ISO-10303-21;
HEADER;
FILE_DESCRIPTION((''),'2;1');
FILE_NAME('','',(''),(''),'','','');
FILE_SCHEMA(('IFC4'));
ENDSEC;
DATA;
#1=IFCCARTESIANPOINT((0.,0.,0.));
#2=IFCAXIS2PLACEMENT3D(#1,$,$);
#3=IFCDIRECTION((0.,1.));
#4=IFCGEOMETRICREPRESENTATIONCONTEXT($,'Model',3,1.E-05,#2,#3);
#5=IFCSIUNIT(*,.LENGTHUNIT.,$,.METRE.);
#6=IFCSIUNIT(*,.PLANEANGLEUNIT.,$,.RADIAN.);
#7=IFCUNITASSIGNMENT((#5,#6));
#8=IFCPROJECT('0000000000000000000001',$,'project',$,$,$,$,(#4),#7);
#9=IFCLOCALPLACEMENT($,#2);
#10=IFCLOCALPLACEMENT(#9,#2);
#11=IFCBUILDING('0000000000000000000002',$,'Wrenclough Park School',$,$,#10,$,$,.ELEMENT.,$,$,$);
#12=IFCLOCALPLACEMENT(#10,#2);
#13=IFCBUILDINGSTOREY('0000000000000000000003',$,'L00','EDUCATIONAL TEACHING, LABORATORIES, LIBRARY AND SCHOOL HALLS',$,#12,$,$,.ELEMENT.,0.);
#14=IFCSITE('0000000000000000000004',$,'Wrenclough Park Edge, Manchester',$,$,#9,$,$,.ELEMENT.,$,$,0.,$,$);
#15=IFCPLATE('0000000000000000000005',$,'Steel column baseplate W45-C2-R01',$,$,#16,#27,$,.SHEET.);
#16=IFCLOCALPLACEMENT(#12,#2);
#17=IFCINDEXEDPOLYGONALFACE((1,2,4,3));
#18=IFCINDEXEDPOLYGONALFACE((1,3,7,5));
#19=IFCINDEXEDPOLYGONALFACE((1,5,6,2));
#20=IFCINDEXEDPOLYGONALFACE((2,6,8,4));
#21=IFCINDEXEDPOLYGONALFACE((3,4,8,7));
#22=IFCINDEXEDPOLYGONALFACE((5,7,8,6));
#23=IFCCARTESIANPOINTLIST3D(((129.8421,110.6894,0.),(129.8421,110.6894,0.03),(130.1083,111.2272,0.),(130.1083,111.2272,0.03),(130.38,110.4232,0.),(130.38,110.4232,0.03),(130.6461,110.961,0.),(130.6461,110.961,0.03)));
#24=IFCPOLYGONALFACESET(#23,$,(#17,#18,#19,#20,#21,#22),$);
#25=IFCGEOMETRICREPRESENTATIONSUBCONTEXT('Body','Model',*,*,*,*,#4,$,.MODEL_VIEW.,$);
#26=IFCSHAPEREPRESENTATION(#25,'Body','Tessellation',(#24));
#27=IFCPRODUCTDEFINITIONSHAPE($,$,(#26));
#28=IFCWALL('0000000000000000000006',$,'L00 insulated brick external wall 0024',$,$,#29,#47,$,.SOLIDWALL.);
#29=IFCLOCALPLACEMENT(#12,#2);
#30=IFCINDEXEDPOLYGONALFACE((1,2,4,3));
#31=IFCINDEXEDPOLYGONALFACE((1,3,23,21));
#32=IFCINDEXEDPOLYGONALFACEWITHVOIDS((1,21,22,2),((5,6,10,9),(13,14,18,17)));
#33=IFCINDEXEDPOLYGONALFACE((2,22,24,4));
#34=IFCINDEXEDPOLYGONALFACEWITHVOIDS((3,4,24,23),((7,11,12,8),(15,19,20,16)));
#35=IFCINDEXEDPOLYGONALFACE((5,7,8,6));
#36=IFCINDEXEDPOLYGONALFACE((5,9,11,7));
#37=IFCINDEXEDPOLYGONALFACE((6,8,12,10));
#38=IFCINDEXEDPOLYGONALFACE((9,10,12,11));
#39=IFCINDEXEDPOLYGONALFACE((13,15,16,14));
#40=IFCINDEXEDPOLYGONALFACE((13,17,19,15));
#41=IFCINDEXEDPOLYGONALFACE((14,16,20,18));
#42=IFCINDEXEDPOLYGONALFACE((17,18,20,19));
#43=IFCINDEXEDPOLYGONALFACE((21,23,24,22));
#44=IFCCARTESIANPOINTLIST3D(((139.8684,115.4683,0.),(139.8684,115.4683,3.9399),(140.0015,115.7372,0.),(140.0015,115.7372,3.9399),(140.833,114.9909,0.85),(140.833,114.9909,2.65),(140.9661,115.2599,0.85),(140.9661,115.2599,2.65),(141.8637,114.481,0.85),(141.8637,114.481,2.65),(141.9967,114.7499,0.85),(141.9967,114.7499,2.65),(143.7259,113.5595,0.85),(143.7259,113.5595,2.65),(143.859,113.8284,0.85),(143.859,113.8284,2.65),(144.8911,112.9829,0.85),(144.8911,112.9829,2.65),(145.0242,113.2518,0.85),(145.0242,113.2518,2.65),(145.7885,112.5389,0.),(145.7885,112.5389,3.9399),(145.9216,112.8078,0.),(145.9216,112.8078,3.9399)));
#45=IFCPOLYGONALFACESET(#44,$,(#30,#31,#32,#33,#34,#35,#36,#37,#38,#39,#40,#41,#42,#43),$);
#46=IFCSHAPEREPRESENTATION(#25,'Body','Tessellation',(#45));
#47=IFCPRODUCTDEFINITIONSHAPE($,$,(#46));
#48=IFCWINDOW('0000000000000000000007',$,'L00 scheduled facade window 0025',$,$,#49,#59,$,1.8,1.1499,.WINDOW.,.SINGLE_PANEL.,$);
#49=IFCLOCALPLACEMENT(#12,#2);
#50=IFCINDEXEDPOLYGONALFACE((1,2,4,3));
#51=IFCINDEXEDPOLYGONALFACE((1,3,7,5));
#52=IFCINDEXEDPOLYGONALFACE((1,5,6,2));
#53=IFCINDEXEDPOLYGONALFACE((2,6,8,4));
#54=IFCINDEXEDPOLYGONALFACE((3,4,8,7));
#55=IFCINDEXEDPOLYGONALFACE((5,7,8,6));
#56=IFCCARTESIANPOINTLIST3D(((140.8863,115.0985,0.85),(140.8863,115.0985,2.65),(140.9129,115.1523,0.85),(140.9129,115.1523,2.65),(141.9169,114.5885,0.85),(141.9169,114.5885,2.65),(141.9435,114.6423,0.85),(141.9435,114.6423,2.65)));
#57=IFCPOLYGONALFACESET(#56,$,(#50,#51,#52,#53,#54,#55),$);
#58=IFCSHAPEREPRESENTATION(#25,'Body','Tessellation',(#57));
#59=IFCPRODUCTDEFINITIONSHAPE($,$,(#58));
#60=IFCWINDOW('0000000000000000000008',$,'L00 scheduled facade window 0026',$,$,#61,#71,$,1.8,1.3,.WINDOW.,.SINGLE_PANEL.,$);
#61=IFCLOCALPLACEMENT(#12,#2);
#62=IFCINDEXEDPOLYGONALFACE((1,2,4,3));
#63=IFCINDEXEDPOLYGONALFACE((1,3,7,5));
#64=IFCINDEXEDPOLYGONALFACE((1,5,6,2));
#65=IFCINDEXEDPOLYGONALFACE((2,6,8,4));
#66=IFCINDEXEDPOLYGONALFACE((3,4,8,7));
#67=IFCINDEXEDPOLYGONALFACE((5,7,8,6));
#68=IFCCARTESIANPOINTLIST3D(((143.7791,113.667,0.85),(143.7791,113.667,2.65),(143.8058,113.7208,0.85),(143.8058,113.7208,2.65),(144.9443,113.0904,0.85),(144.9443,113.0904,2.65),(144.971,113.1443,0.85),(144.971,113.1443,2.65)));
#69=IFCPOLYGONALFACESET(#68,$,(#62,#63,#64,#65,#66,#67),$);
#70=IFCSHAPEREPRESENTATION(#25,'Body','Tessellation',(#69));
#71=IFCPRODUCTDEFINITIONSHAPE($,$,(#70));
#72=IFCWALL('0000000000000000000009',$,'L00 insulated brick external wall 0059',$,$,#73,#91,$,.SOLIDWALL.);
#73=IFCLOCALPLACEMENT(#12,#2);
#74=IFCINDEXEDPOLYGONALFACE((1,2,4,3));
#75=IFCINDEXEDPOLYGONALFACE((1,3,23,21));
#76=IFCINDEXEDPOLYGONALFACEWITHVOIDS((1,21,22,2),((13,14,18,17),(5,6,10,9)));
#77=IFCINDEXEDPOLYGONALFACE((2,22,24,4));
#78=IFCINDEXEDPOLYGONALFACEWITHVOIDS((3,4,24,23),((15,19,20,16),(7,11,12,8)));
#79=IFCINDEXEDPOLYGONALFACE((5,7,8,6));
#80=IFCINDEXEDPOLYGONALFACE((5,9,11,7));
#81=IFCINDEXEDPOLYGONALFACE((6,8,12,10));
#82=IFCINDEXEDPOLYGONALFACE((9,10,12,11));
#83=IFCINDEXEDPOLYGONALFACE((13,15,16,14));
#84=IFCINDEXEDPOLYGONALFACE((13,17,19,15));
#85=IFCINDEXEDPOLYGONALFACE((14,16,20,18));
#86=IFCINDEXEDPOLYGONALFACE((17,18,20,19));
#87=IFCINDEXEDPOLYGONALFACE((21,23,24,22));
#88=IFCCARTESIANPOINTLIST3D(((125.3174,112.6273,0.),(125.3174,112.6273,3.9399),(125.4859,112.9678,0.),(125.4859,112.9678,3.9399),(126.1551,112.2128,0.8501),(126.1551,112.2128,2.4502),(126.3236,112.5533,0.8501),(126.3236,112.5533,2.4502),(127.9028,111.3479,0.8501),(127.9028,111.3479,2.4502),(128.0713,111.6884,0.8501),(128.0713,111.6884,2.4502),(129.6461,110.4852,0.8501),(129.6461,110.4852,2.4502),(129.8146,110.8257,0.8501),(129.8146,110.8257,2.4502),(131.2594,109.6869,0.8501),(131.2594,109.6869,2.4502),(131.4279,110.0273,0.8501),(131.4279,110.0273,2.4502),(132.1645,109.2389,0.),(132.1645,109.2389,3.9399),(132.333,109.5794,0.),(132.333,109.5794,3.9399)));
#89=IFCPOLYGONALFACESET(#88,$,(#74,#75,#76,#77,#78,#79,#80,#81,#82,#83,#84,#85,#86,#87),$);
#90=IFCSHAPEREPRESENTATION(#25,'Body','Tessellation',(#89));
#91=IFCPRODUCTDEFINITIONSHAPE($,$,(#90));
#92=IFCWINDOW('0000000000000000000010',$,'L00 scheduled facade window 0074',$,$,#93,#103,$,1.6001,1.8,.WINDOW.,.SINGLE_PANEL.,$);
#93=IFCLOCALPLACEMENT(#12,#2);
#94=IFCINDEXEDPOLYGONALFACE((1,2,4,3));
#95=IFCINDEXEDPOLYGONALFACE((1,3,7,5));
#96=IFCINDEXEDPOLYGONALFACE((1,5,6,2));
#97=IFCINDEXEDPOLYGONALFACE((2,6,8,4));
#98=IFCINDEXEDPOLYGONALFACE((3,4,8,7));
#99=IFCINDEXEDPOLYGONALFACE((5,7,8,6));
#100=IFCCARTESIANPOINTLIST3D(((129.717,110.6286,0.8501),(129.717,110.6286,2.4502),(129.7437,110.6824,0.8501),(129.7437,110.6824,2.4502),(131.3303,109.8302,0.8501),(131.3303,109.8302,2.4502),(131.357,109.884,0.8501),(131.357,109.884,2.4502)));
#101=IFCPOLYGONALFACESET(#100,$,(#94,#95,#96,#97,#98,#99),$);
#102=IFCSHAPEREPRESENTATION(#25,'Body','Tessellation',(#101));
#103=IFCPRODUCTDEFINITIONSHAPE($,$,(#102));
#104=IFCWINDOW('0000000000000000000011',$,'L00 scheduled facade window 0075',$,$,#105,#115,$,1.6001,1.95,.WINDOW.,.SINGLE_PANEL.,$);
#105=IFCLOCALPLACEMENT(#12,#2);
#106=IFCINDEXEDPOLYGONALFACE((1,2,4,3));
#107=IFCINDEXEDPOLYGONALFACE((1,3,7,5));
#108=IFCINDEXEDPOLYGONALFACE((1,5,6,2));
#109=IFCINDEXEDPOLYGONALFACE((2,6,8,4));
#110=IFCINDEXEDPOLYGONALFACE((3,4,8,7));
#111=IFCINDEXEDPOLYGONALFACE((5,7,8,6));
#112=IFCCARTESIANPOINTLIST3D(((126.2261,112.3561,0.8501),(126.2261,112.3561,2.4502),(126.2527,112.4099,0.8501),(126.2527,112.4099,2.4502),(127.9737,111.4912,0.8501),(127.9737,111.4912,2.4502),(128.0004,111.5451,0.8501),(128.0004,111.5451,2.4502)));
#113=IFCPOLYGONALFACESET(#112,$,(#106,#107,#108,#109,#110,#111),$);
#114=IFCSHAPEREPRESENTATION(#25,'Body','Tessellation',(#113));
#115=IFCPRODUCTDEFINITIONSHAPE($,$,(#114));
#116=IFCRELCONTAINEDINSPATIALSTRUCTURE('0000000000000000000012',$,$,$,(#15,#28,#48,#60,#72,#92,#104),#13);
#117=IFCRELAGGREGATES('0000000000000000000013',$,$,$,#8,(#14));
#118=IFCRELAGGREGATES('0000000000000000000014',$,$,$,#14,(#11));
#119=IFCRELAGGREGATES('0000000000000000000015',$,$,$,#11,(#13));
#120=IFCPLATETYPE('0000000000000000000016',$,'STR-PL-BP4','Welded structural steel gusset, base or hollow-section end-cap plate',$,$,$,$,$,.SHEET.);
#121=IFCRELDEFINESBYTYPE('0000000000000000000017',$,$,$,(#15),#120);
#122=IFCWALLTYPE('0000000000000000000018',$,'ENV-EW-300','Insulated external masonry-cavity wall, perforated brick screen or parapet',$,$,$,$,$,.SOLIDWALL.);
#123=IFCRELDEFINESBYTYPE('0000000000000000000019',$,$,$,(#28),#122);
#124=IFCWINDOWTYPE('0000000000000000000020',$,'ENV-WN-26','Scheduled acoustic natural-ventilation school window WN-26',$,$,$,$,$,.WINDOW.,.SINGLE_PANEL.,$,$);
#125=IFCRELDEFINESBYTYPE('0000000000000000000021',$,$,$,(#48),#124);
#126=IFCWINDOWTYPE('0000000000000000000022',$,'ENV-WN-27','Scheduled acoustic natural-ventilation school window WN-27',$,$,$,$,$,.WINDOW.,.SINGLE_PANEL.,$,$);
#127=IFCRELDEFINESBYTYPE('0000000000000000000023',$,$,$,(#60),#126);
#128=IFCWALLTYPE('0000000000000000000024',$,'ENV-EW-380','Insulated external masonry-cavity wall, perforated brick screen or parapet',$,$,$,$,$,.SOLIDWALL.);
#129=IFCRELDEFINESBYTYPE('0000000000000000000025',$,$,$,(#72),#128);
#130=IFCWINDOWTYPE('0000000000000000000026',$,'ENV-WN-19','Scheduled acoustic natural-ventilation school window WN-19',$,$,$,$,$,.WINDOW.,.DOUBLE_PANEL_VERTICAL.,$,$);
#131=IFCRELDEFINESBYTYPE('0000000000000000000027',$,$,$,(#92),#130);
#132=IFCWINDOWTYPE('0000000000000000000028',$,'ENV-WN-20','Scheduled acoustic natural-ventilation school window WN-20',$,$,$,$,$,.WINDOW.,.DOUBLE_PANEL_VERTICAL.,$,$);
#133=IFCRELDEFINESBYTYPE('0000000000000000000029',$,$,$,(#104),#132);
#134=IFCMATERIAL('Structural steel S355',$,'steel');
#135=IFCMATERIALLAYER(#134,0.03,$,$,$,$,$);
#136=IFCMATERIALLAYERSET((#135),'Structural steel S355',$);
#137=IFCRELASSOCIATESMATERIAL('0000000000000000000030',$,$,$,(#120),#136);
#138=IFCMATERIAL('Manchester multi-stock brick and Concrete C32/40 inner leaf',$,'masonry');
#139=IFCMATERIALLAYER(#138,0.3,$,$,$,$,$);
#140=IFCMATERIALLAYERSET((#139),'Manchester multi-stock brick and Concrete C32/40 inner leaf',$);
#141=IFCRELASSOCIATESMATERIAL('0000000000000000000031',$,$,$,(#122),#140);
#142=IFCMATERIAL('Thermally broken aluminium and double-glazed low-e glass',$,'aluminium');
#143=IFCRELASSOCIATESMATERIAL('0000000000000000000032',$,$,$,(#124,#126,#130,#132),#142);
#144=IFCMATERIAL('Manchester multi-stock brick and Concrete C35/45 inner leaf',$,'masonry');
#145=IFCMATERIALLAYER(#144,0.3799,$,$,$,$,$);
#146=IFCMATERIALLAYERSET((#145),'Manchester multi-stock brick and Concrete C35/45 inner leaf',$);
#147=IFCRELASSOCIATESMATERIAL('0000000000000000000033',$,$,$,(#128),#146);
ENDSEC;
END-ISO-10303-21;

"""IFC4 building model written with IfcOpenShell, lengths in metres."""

from ifc_helpers import new_model, si_unit, direction, frame, frame_2d, origin, origin_2d, place, context, subcontext, project, spatial, rectangle, extrude, material, layer, layer_set, type_object, element, fill, save


model = new_model("IFC4")

# Units and contexts
model_context = context("Model", 3, precision=1e-05, world=origin(), true_north=direction((0.0, 1.0)))
body_context = subcontext(model_context, "Body", "Model", "MODEL_VIEW")
ifc_project = project(units=[si_unit("LENGTHUNIT", "METRE"), si_unit("PLANEANGLEUNIT", "RADIAN")], contexts=[model_context])

# Site, building, storey
site_placement = place(None, origin())
site = spatial("IfcSite", under=ifc_project, at=site_placement, Name="Wrenclough Park Edge, Manchester", CompositionType="ELEMENT", RefElevation=0.0)
building_placement = place(site_placement, origin())
building = spatial("IfcBuilding", under=site, at=building_placement, Name="Wrenclough Park School", CompositionType="ELEMENT")
storey_placement = place(building_placement, origin())
storey = spatial("IfcBuildingStorey", under=building, at=storey_placement, Name="L00", Description="EDUCATIONAL TEACHING, LABORATORIES, LIBRARY AND SCHOOL HALLS", CompositionType="ELEMENT", Elevation=0.0)

# Shared definitions
ifc_material_1 = material(Name="Structural steel S355", Category="steel")

# Plate
ifc_layer_1 = layer(ifc_material_1, 0.03)
ifc_layer_set_1 = layer_set([ifc_layer_1], Name="Structural steel S355")
plate_type_1 = type_object("IfcPlateType", Name="STR-PL-BP4", Description="Welded structural steel gusset, base or hollow-section end-cap plate", PredefinedType="SHEET", material=ifc_layer_set_1)
plate_1_placement = place(storey_placement, frame((130.2441, 110.8252, 0.0), z_axis=(0.0, 0.0, 1.0), x_axis=(0.896254, -0.443541, 0.0)))
element("IfcPlate", 1, at=plate_1_placement, inside=storey, type_object=plate_type_1, Name="Steel column baseplate W45-C2-R01", PredefinedType="SHEET", context=body_context, shape_type="SweptSolid", body=[
    extrude(rectangle(XDim=0.6001, YDim=0.6001, at=origin_2d()), origin(), (0.0, 0.0, 1.0), 0.03),
])

# Walls, openings, windows
ifc_material_2 = material(Name="Manchester multi-stock brick and Concrete C32/40 inner leaf", Category="masonry")
ifc_layer_2 = layer(ifc_material_2, 0.3)
ifc_layer_set_2 = layer_set([ifc_layer_2], Name="Manchester multi-stock brick and Concrete C32/40 inner leaf")
wall_type_1 = type_object("IfcWallType", Name="ENV-EW-300", Description="Insulated external masonry-cavity wall, perforated brick screen or parapet", PredefinedType="SOLIDWALL", material=ifc_layer_set_2)
wall_1_placement = place(storey_placement, frame((139.9348, 115.6028, 0.0), z_axis=(0.0, 0.0, 1.0), x_axis=(0.896275, -0.443499, 0.0)))
wall_1 = element("IfcWall", 2, at=wall_1_placement, inside=storey, type_object=wall_type_1, Name="L00 insulated brick external wall 0024", PredefinedType="SOLIDWALL", context=body_context, shape_type="SweptSolid", body=[
    extrude(rectangle(XDim=6.6052, YDim=0.3, at=frame_2d((3.3027, 0.0))), origin(), (0.0, 0.0, 1.0), 3.9399),
])
opening_1_placement = place(wall_1_placement, frame((1.0764, 0.0, 0.8501)))
opening_1 = element("IfcOpeningElement", 3, at=opening_1_placement, cuts=wall_1, PredefinedType="OPENING", context=body_context, shape_type="SweptSolid", body=[
    extrude(rectangle(XDim=1.1499, YDim=1.8, at=frame_2d((0.575, 0.8999))), frame((0.0, 0.1599, 0.0), z_axis=(0.0, -1.0, 0.0), x_axis=(1.0, 0.0, 0.0)), (0.0, 0.0, 1.0), 0.3201),
])
opening_2_placement = place(wall_1_placement, frame((4.3042, 0.0, 0.8501)))
opening_2 = element("IfcOpeningElement", 4, at=opening_2_placement, cuts=wall_1, PredefinedType="OPENING", context=body_context, shape_type="SweptSolid", body=[
    extrude(rectangle(XDim=1.3, YDim=1.8, at=frame_2d((0.6499, 0.8999))), frame((0.0, 0.1599, 0.0), z_axis=(0.0, -1.0, 0.0), x_axis=(1.0, 0.0, 0.0)), (0.0, 0.0, 1.0), 0.3201),
])
ifc_material_3 = material(Name="Thermally broken aluminium and double-glazed low-e glass", Category="aluminium")
window_type_1 = type_object("IfcWindowType", Name="ENV-WN-26", Description="Scheduled acoustic natural-ventilation school window WN-26", PartitioningType="SINGLE_PANEL", PredefinedType="WINDOW", material=ifc_material_3)
window_1_placement = place(opening_1_placement, origin())
window_1 = element("IfcWindow", 5, at=window_1_placement, inside=storey, type_object=window_type_1, Name="L00 scheduled facade window 0025", OverallHeight=1.8, OverallWidth=1.1499, PartitioningType="SINGLE_PANEL", PredefinedType="WINDOW", context=body_context, shape_type="SweptSolid", body=[
    extrude(rectangle(XDim=1.1499, YDim=1.8, at=frame_2d((0.575, 0.8999))), frame((0.0, 0.03, 0.0), z_axis=(0.0, -1.0, 0.0), x_axis=(1.0, 0.0, 0.0)), (0.0, 0.0, 1.0), 0.0601),
])
fill(opening_1, window_1)
window_type_2 = type_object("IfcWindowType", Name="ENV-WN-27", Description="Scheduled acoustic natural-ventilation school window WN-27", PartitioningType="SINGLE_PANEL", PredefinedType="WINDOW", material=ifc_material_3)
window_2_placement = place(opening_2_placement, origin())
window_2 = element("IfcWindow", 6, at=window_2_placement, inside=storey, type_object=window_type_2, Name="L00 scheduled facade window 0026", OverallHeight=1.8, OverallWidth=1.3, PartitioningType="SINGLE_PANEL", PredefinedType="WINDOW", context=body_context, shape_type="SweptSolid", body=[
    extrude(rectangle(XDim=1.3, YDim=1.8, at=frame_2d((0.6499, 0.8999))), frame((0.0, 0.03, 0.0), z_axis=(0.0, -1.0, 0.0), x_axis=(1.0, 0.0, 0.0)), (0.0, 0.0, 1.0), 0.0601),
])
fill(opening_2, window_2)
ifc_material_4 = material(Name="Manchester multi-stock brick and Concrete C35/45 inner leaf", Category="masonry")
ifc_layer_3 = layer(ifc_material_4, 0.3799)
ifc_layer_set_3 = layer_set([ifc_layer_3], Name="Manchester multi-stock brick and Concrete C35/45 inner leaf")
wall_type_2 = type_object("IfcWallType", Name="ENV-EW-380", Description="Insulated external masonry-cavity wall, perforated brick screen or parapet", PredefinedType="SOLIDWALL", material=ifc_layer_set_3)
wall_2_placement = place(storey_placement, frame((132.2488, 109.4092, 0.0), z_axis=(0.0, 0.0, 1.0), x_axis=(-0.89626, 0.443528, 0.0)))
wall_2 = element("IfcWall", 7, at=wall_2_placement, inside=storey, type_object=wall_type_2, Name="L00 insulated brick external wall 0059", PredefinedType="SOLIDWALL", context=body_context, shape_type="SweptSolid", body=[
    extrude(rectangle(XDim=7.6396, YDim=0.3799, at=frame_2d((3.8198, 0.0))), origin(), (0.0, 0.0, 1.0), 3.9399),
])
opening_3_placement = place(wall_2_placement, frame((1.01, 0.0, 0.8501)))
opening_3 = element("IfcOpeningElement", 8, at=opening_3_placement, cuts=wall_2, PredefinedType="OPENING", context=body_context, shape_type="SweptSolid", body=[
    extrude(rectangle(XDim=1.8, YDim=1.6001, at=frame_2d((0.8999, 0.8))), frame((0.0, 0.2, 0.0), z_axis=(0.0, -1.0, 0.0), x_axis=(1.0, 0.0, 0.0)), (0.0, 0.0, 1.0), 0.3999),
])
opening_4_placement = place(wall_2_placement, frame((4.7549, 0.0, 0.8501)))
opening_4 = element("IfcOpeningElement", 9, at=opening_4_placement, cuts=wall_2, PredefinedType="OPENING", context=body_context, shape_type="SweptSolid", body=[
    extrude(rectangle(XDim=1.95, YDim=1.6001, at=frame_2d((0.9751, 0.8))), frame((0.0, 0.2, 0.0), z_axis=(0.0, -1.0, 0.0), x_axis=(1.0, 0.0, 0.0)), (0.0, 0.0, 1.0), 0.3999),
])
window_type_3 = type_object("IfcWindowType", Name="ENV-WN-19", Description="Scheduled acoustic natural-ventilation school window WN-19", PartitioningType="DOUBLE_PANEL_VERTICAL", PredefinedType="WINDOW", material=ifc_material_3)
window_3_placement = place(opening_3_placement, origin())
window_3 = element("IfcWindow", 10, at=window_3_placement, inside=storey, type_object=window_type_3, Name="L00 scheduled facade window 0074", OverallHeight=1.6001, OverallWidth=1.8, PartitioningType="SINGLE_PANEL", PredefinedType="WINDOW", context=body_context, shape_type="SweptSolid", body=[
    extrude(rectangle(XDim=1.8, YDim=1.6001, at=frame_2d((0.8999, 0.8))), frame((0.0, 0.03, 0.0), z_axis=(0.0, -1.0, 0.0), x_axis=(1.0, 0.0, 0.0)), (0.0, 0.0, 1.0), 0.0601),
])
fill(opening_3, window_3)
window_type_4 = type_object("IfcWindowType", Name="ENV-WN-20", Description="Scheduled acoustic natural-ventilation school window WN-20", PartitioningType="DOUBLE_PANEL_VERTICAL", PredefinedType="WINDOW", material=ifc_material_3)
window_4_placement = place(opening_4_placement, origin())
window_4 = element("IfcWindow", 11, at=window_4_placement, inside=storey, type_object=window_type_4, Name="L00 scheduled facade window 0075", OverallHeight=1.6001, OverallWidth=1.95, PartitioningType="SINGLE_PANEL", PredefinedType="WINDOW", context=body_context, shape_type="SweptSolid", body=[
    extrude(rectangle(XDim=1.95, YDim=1.6001, at=frame_2d((0.9751, 0.8))), frame((0.0, 0.03, 0.0), z_axis=(0.0, -1.0, 0.0), x_axis=(1.0, 0.0, 0.0)), (0.0, 0.0, 1.0), 0.0601),
])
fill(opening_4, window_4)

save(model, "model.ifc")
